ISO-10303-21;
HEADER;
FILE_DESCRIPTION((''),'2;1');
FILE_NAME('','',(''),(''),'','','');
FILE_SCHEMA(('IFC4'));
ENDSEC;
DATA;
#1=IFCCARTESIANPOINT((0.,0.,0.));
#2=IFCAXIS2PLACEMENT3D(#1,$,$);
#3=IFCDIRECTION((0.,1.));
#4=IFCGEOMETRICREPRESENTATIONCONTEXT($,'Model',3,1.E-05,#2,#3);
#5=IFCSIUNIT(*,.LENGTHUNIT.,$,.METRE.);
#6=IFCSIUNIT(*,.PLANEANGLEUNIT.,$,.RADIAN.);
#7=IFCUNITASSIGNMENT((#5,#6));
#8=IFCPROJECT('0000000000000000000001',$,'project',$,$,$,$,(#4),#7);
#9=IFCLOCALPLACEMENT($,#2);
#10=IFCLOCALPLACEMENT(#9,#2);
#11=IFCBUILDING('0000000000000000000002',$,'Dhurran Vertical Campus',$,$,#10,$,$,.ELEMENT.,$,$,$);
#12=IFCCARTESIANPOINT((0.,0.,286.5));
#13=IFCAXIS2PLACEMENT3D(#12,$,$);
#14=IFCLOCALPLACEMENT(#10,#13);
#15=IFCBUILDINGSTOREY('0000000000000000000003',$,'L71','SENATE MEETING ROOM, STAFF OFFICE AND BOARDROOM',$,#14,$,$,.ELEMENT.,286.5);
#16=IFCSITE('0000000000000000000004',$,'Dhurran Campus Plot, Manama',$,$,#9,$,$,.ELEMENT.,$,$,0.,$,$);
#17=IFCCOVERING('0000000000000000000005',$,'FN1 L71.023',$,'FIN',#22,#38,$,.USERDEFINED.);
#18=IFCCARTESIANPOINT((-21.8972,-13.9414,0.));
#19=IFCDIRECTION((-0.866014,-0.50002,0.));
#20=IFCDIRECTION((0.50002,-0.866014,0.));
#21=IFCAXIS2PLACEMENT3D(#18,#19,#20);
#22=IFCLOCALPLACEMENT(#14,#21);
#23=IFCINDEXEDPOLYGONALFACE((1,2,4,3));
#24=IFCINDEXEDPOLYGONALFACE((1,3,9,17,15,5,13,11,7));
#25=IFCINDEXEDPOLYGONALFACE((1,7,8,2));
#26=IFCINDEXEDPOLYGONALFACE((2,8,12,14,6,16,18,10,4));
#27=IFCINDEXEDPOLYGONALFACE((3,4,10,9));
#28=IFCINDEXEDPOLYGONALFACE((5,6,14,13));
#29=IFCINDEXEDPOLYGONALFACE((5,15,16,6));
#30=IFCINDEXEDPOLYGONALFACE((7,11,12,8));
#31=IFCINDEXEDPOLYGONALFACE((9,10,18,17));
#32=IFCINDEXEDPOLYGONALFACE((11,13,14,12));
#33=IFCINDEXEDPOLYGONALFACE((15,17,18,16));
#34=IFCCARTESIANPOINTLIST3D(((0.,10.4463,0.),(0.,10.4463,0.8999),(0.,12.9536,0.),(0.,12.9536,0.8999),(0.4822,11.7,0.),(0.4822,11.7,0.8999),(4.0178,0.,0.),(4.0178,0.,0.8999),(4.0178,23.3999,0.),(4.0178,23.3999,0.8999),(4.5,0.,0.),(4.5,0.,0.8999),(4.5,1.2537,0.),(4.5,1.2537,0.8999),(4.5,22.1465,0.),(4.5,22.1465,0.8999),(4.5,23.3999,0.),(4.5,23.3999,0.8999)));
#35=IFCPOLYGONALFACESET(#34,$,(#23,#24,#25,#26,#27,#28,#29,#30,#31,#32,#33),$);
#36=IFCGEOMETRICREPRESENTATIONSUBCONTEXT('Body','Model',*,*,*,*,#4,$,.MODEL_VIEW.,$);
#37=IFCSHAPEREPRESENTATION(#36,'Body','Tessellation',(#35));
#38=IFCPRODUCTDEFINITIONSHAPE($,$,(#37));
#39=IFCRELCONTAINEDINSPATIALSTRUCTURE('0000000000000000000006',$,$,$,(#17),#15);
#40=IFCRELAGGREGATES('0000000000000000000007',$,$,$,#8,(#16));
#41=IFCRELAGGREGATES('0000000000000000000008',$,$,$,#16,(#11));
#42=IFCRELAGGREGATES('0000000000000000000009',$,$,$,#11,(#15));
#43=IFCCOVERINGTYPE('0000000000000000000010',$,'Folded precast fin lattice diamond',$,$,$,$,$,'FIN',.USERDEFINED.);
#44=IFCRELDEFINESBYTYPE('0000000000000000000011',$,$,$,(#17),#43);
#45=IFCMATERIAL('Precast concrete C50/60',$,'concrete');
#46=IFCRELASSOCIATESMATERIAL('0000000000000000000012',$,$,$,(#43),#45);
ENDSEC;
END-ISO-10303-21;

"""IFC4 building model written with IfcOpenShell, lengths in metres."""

from ifc_helpers import new_model, si_unit, direction, frame, origin, place, context, subcontext, project, spatial, polyline, outline, extrude, material, type_object, element, save


model = new_model("IFC4")

# Units and contexts
model_context = context("Model", 3, precision=1e-05, world=origin(), true_north=direction((0.0, 1.0)))
body_context = subcontext(model_context, "Body", "Model", "MODEL_VIEW")
ifc_project = project(units=[si_unit("LENGTHUNIT", "METRE"), si_unit("PLANEANGLEUNIT", "RADIAN")], contexts=[model_context])

# Site, building, storey
site_placement = place(None, origin())
site = spatial("IfcSite", under=ifc_project, at=site_placement, Name="Dhurran Campus Plot, Manama", CompositionType="ELEMENT", RefElevation=0.0)
building_placement = place(site_placement, origin())
building = spatial("IfcBuilding", under=site, at=building_placement, Name="Dhurran Vertical Campus", CompositionType="ELEMENT")
storey_placement = place(building_placement, frame((0.0, 0.0, 286.5)))
storey = spatial("IfcBuildingStorey", under=building, at=storey_placement, Name="L71", Description="SENATE MEETING ROOM, STAFF OFFICE AND BOARDROOM", CompositionType="ELEMENT", Elevation=286.5)

# Covering
ifc_material_1 = material(Name="Precast concrete C50/60", Category="concrete")
covering_type = type_object("IfcCoveringType", Name="Folded precast fin lattice diamond", ElementType="FIN", PredefinedType="USERDEFINED", material=ifc_material_1)
covering_1_placement = place(storey_placement, frame((-21.8972, -13.9414, 0.0), z_axis=(-0.866014, -0.50002, 0.0), x_axis=(0.50002, -0.866014, 0.0)))
element("IfcCovering", 1, at=covering_1_placement, inside=storey, type_object=covering_type, Name="FN1 L71.023", ObjectType="FIN", PredefinedType="USERDEFINED", context=body_context, shape_type="SweptSolid", body=[
    extrude(outline(polyline([(4.0178, 0.0), (0.0, 10.4463), (0.0, 12.9536), (4.0178, 23.3999), (4.5, 23.3999), (4.5, 22.1465), (0.4822, 11.7), (4.5, 1.2537), (4.5, 0.0), (4.0178, 0.0)])), origin(), (0.0, 0.0, 1.0), 0.8999),
])

save(model, "model.ifc")
